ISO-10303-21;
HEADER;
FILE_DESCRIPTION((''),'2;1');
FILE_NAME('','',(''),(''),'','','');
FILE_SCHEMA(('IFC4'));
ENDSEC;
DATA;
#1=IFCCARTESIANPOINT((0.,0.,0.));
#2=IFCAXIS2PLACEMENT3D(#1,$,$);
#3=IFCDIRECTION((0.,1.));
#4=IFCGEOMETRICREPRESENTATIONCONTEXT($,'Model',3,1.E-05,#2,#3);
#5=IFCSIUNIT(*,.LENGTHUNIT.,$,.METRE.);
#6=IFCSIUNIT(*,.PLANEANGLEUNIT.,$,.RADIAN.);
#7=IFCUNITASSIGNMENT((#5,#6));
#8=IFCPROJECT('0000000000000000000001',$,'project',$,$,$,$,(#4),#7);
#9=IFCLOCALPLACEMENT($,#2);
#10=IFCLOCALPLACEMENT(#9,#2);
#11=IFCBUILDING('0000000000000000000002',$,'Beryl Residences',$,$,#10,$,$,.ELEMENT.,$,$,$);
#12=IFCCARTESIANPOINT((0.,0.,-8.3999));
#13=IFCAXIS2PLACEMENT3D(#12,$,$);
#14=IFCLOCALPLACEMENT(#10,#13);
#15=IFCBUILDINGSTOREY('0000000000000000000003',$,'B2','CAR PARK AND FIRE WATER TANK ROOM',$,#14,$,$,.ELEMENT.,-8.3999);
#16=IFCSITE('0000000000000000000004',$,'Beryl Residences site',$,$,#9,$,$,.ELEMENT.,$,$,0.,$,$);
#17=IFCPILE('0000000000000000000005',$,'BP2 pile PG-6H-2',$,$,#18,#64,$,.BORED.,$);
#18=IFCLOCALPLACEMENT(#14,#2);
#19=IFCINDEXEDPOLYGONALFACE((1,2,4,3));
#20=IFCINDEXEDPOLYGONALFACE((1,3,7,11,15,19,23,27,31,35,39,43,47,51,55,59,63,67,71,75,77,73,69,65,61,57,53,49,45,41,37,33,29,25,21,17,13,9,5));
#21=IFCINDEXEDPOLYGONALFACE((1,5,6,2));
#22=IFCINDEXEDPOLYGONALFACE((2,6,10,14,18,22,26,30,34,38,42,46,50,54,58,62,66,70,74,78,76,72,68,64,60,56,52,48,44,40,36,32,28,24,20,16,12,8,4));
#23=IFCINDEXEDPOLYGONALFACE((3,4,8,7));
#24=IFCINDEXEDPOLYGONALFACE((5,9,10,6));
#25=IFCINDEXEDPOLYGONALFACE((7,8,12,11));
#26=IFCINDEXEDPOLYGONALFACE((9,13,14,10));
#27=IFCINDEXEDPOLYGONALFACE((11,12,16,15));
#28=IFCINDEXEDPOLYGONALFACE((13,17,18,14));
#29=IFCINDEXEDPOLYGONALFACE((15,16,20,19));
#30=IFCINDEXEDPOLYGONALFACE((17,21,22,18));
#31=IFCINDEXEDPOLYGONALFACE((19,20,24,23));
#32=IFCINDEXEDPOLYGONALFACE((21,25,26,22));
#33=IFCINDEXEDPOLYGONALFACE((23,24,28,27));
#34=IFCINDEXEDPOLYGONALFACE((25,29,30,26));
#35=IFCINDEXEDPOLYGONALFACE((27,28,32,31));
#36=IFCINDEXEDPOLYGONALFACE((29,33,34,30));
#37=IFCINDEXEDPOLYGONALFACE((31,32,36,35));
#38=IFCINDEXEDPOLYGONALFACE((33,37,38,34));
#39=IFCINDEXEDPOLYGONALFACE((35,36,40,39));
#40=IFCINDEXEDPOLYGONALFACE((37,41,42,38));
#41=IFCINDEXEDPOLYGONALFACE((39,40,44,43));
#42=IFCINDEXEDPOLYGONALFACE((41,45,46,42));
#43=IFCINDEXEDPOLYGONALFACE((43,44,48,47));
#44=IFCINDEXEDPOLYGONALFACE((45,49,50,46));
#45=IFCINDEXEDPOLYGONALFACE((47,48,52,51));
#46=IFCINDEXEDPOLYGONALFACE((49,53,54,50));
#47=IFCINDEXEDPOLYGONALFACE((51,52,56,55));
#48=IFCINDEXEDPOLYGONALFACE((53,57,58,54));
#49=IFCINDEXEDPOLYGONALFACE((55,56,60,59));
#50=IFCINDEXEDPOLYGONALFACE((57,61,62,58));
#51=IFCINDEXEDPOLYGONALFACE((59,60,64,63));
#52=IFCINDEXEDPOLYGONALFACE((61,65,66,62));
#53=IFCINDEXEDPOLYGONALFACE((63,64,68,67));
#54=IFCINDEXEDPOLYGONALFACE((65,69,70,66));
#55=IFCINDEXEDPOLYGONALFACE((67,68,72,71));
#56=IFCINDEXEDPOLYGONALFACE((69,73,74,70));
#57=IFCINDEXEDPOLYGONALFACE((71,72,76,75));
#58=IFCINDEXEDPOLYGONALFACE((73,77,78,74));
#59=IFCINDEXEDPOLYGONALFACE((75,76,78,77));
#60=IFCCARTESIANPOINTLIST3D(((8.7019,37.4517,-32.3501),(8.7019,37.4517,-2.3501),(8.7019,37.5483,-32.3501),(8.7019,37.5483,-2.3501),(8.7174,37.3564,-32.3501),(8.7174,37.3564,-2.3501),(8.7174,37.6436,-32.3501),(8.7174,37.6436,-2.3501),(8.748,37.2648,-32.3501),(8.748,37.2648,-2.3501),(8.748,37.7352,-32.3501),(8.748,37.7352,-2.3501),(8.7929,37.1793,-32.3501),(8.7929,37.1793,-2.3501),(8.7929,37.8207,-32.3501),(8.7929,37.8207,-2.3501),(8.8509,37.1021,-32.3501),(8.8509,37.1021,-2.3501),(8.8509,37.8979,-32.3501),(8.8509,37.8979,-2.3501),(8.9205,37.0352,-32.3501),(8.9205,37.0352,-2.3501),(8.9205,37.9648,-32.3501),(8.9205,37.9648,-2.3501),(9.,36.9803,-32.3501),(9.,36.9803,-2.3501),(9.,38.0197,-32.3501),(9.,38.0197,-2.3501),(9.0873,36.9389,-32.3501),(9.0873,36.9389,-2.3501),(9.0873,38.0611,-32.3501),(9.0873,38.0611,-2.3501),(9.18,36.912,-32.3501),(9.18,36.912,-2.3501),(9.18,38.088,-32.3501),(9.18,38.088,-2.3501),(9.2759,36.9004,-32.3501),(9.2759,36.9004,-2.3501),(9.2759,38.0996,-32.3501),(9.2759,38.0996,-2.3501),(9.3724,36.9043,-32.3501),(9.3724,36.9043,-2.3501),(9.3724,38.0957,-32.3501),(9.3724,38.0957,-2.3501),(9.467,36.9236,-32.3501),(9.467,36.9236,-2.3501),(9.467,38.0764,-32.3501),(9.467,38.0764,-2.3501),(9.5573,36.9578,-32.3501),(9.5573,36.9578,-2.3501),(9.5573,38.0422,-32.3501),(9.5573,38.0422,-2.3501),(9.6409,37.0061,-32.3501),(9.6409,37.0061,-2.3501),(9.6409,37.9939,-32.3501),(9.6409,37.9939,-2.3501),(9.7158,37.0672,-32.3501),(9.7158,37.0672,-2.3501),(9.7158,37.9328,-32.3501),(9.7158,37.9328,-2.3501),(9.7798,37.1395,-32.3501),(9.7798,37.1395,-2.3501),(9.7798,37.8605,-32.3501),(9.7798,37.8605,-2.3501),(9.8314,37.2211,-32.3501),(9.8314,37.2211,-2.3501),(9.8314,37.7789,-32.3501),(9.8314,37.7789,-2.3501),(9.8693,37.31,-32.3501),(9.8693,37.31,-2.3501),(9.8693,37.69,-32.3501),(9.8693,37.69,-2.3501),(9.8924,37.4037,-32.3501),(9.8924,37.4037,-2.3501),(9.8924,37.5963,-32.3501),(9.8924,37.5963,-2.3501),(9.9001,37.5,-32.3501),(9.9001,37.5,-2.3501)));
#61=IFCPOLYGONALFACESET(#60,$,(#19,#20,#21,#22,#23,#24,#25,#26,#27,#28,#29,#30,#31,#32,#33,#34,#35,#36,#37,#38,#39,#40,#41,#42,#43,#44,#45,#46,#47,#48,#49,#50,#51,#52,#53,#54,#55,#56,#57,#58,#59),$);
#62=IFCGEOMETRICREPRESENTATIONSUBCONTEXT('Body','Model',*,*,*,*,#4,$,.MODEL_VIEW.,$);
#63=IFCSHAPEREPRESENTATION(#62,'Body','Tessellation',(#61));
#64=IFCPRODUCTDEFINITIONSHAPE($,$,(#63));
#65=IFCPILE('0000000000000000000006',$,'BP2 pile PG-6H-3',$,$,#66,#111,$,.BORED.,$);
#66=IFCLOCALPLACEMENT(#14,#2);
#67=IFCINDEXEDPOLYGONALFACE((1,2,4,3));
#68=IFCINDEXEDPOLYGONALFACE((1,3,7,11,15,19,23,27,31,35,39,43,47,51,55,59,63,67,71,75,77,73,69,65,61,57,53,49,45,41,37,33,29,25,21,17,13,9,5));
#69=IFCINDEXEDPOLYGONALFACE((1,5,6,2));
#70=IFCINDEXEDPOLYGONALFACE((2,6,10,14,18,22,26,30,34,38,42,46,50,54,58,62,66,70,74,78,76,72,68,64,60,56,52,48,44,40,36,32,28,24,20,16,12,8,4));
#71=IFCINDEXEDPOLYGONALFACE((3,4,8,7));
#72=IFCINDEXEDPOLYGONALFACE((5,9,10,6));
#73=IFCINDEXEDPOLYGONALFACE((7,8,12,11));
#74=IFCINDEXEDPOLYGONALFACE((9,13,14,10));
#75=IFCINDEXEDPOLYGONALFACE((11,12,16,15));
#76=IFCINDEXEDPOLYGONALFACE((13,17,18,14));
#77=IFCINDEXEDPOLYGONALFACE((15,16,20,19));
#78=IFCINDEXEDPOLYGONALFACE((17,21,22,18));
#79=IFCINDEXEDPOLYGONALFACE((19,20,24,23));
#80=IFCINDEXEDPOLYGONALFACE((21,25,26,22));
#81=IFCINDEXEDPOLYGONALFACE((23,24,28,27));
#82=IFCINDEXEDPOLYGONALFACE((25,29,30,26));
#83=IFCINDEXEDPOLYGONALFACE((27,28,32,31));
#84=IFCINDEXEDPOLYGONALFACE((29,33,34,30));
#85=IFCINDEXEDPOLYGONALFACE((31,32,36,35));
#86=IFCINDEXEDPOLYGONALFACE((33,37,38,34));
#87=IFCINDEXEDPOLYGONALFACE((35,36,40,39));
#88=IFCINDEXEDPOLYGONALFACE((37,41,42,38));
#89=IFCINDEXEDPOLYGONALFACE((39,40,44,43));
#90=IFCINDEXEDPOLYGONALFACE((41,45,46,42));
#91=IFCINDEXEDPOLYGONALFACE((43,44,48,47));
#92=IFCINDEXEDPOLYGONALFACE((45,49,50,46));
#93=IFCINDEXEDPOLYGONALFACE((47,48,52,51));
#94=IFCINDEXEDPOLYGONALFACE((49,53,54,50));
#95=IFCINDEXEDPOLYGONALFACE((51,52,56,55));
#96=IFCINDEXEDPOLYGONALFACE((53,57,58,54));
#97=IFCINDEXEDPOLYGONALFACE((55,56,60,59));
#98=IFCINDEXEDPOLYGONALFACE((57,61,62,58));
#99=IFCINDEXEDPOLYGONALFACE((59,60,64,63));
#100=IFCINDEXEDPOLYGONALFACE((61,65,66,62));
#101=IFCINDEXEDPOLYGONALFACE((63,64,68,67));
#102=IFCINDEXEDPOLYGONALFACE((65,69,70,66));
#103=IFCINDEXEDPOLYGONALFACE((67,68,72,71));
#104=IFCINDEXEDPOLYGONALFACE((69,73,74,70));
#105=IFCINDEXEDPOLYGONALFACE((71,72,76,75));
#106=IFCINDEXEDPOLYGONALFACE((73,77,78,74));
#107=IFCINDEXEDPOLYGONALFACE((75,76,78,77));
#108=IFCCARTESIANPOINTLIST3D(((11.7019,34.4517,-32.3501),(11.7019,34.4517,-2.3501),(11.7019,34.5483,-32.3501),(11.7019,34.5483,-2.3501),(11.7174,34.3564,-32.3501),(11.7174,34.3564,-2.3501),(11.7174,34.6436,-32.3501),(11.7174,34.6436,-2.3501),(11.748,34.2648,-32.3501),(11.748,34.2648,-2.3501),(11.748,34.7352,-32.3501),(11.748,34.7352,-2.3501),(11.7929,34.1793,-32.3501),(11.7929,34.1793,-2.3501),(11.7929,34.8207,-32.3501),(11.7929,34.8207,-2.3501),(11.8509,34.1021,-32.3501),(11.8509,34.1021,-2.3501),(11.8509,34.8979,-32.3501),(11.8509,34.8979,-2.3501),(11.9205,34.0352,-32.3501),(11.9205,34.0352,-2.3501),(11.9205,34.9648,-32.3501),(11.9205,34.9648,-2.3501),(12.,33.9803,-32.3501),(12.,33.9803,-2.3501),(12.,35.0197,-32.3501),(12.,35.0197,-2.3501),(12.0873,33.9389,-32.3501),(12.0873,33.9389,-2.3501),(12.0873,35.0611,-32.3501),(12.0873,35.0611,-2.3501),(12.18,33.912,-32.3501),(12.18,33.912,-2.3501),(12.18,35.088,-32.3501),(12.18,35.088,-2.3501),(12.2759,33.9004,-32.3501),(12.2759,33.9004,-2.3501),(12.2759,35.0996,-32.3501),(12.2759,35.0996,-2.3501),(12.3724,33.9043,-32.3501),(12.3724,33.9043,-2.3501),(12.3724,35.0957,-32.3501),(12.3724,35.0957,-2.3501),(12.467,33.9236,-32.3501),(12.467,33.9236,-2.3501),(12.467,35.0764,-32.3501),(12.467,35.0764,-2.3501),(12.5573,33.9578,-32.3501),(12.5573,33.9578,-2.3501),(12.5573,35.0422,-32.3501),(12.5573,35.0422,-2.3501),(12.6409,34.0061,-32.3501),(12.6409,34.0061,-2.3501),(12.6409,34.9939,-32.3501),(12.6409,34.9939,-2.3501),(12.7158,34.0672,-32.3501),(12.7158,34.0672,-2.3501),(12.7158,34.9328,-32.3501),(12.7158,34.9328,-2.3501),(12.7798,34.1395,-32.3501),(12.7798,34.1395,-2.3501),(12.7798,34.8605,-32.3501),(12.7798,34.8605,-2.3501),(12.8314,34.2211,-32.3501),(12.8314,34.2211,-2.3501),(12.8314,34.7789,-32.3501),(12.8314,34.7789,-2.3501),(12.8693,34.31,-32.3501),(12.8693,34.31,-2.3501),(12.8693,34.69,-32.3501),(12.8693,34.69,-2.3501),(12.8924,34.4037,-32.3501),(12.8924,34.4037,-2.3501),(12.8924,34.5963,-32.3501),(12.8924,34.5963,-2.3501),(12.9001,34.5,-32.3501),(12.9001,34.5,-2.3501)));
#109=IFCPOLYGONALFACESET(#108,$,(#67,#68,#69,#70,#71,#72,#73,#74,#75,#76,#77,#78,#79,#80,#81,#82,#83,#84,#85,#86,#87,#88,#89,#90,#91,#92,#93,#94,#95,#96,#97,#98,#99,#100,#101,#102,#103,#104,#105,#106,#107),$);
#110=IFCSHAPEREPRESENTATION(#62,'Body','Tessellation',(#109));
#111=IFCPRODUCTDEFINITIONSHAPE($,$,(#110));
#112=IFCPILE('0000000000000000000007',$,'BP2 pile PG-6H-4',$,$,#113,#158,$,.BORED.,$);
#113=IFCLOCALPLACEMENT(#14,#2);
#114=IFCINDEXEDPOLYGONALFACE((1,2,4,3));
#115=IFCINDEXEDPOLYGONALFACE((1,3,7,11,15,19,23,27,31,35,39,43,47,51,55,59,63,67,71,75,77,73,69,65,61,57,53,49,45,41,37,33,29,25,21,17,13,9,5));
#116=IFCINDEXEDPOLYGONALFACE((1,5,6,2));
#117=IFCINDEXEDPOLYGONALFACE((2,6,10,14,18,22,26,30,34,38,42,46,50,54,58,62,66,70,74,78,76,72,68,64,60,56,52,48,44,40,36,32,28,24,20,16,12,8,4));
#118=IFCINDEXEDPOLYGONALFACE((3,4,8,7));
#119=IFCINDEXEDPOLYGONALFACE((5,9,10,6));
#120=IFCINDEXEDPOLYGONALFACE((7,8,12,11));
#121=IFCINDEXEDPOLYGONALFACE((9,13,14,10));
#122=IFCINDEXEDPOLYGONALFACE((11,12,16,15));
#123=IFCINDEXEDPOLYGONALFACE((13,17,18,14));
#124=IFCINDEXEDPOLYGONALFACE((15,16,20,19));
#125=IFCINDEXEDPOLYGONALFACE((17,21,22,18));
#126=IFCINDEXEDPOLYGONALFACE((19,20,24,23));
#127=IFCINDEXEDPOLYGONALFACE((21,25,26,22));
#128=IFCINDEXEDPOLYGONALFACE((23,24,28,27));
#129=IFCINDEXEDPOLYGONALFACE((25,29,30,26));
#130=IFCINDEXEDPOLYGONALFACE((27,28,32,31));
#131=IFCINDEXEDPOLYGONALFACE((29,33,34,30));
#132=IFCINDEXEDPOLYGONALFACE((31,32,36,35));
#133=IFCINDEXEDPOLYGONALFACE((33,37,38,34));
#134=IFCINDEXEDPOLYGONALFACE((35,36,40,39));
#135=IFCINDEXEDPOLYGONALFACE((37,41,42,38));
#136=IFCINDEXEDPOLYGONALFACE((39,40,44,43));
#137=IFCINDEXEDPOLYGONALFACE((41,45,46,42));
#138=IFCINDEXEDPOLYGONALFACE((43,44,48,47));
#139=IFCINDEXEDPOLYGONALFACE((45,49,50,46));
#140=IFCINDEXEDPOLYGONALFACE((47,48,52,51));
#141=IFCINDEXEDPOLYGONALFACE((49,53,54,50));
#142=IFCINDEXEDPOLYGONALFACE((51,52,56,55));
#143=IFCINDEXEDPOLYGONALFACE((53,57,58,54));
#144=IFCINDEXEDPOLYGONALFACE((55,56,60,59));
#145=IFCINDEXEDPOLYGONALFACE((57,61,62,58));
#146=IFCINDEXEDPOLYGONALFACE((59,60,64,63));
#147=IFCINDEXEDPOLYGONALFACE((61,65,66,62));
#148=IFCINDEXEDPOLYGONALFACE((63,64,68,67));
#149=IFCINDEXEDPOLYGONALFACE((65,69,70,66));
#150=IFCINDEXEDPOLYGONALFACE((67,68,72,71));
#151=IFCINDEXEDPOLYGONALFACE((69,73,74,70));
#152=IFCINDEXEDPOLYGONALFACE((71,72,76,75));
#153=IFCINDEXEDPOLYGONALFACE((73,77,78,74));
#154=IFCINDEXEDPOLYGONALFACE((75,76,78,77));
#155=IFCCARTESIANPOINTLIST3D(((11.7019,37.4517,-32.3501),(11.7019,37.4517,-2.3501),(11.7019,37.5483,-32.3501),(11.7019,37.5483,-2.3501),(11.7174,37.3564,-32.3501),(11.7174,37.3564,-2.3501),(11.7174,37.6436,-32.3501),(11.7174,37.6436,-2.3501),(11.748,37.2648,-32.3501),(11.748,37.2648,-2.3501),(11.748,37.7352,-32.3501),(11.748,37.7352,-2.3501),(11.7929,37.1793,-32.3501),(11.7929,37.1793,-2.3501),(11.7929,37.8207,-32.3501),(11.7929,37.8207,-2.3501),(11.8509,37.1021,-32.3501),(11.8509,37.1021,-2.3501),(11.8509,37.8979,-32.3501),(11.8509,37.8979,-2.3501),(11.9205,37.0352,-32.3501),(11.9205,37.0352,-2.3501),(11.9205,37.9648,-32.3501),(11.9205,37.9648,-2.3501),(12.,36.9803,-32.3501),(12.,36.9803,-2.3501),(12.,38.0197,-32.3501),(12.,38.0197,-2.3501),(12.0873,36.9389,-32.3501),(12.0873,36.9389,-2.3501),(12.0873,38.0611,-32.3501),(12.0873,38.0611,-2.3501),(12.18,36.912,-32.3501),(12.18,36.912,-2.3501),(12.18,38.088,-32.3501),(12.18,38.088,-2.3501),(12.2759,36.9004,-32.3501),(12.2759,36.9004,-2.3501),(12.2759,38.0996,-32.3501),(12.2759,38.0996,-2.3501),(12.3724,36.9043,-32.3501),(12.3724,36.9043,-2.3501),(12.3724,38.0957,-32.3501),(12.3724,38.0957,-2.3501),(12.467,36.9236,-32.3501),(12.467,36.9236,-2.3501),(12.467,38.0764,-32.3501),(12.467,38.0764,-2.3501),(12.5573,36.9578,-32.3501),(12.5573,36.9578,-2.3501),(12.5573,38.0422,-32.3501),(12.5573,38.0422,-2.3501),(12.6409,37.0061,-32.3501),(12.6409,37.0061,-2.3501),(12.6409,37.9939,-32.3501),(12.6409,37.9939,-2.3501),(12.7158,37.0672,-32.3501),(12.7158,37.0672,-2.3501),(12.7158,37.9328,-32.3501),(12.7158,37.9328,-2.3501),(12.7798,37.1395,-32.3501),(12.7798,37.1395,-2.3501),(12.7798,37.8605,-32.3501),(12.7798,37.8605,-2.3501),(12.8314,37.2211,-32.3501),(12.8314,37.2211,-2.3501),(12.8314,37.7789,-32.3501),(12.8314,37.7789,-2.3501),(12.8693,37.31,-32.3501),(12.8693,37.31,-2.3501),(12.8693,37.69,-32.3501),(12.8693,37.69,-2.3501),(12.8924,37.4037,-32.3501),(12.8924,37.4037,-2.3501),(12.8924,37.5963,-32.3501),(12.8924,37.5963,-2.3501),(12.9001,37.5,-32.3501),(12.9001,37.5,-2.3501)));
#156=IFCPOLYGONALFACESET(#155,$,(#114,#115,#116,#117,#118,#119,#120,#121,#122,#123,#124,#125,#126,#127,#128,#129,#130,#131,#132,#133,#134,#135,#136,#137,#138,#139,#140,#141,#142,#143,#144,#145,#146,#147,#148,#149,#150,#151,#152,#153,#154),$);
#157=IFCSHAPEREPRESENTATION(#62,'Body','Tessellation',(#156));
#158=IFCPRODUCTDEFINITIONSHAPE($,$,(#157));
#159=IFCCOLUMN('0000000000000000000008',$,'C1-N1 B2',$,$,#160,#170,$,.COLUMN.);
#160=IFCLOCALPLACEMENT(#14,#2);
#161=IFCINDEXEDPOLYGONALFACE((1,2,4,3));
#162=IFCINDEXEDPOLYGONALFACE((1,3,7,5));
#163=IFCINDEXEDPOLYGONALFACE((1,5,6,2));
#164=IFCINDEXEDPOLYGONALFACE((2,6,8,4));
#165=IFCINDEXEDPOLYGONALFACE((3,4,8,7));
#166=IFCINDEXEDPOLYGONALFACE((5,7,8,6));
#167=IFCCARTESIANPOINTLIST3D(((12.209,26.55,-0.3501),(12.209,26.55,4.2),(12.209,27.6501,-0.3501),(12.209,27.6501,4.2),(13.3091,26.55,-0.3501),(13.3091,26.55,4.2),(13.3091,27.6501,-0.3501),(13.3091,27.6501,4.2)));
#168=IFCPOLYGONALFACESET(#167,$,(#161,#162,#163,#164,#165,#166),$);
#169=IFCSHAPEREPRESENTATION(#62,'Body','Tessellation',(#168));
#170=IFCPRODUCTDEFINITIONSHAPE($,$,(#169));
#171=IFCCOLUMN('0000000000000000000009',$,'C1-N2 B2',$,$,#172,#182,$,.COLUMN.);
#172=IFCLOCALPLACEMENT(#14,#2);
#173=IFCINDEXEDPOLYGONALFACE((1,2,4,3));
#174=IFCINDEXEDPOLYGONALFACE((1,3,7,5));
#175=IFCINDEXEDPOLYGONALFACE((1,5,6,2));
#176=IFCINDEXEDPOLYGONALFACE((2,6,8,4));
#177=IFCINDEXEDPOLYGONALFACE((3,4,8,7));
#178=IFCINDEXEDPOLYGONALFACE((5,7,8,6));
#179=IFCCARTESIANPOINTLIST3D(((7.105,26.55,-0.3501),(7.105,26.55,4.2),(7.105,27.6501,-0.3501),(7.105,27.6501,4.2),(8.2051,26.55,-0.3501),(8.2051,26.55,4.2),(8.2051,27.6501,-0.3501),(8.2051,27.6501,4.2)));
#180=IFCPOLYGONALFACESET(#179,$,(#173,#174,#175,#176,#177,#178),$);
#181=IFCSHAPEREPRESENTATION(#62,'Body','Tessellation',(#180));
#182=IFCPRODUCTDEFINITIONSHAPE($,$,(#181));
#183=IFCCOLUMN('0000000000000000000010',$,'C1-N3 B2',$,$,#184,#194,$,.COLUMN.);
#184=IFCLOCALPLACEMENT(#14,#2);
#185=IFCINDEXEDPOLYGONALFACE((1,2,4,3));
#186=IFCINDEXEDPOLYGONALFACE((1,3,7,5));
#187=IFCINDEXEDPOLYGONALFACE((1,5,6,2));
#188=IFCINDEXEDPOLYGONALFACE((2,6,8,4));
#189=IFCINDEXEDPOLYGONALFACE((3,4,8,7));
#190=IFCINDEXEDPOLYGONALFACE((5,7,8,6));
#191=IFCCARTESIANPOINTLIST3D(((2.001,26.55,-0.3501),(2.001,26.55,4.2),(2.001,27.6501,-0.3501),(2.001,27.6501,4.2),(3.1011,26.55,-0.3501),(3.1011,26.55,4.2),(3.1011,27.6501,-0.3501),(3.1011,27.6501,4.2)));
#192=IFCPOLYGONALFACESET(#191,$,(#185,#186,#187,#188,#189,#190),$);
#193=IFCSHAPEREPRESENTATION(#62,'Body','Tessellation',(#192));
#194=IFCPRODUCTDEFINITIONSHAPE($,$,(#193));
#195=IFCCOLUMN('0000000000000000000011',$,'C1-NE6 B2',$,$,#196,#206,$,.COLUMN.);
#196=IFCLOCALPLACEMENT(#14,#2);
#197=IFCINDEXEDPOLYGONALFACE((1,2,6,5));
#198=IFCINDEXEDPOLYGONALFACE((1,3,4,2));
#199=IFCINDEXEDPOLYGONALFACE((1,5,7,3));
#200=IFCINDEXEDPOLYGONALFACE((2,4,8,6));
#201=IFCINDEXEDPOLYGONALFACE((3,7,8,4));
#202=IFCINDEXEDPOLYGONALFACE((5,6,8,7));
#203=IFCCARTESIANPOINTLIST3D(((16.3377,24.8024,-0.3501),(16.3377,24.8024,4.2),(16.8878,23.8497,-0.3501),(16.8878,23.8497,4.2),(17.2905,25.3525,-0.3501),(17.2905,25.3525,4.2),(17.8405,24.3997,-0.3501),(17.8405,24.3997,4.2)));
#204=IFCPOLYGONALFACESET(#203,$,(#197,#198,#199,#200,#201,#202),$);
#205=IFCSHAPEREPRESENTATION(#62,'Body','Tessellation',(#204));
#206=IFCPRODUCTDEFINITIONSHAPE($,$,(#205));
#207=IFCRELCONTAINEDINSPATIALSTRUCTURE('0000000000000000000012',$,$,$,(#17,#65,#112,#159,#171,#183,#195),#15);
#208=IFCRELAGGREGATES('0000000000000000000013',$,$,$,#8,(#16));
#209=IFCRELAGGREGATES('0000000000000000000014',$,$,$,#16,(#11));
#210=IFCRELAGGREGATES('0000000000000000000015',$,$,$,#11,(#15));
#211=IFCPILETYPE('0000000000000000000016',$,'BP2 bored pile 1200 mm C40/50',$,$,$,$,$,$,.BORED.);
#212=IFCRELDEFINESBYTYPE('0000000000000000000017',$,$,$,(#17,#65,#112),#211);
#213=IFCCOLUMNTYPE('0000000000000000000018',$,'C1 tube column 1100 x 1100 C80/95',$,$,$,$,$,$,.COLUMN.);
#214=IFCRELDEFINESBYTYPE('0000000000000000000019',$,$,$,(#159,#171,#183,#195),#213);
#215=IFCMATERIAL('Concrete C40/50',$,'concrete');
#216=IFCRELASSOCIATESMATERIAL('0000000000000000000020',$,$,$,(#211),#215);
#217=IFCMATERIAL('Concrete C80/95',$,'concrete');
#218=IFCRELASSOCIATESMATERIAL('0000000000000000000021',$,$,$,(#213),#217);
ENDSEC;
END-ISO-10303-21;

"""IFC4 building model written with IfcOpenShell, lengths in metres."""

from ifc_helpers import new_model, si_unit, direction, frame, origin, origin_2d, place, context, subcontext, project, spatial, rectangle, circle, extrude, material, material_profile, profile_set, type_object, element, save


model = new_model("IFC4")

# Units and contexts
model_context = context("Model", 3, precision=1e-05, world=origin(), true_north=direction((0.0, 1.0)))
body_context = subcontext(model_context, "Body", "Model", "MODEL_VIEW")
ifc_project = project(units=[si_unit("LENGTHUNIT", "METRE"), si_unit("PLANEANGLEUNIT", "RADIAN")], contexts=[model_context])

# Site, building, storey
site_placement = place(None, origin())
site = spatial("IfcSite", under=ifc_project, at=site_placement, Name="Beryl Residences site", CompositionType="ELEMENT", RefElevation=0.0)
building_placement = place(site_placement, origin())
building = spatial("IfcBuilding", under=site, at=building_placement, Name="Beryl Residences", CompositionType="ELEMENT")
storey_placement = place(building_placement, frame((0.0, 0.0, -8.3999)))
storey = spatial("IfcBuildingStorey", under=building, at=storey_placement, Name="B2", Description="CAR PARK AND FIRE WATER TANK ROOM", CompositionType="ELEMENT", Elevation=-8.3999)

# Piles
ifc_material_1 = material(Name="Concrete C40/50", Category="concrete")
ifc_material_profile_1 = material_profile(ifc_material_1, circle(Radius=0.6001, at=origin_2d()))
ifc_profile_set_1 = profile_set([ifc_material_profile_1], Name="Concrete C40/50")
pile_type_1 = type_object("IfcPileType", Name="BP2 bored pile 1200 mm C40/50", PredefinedType="BORED", material=ifc_profile_set_1)
for number, where, z_axis, x_axis, name in (
    (1, (9.3, 37.5, -2.3501), (0.0, 0.0, -1.0), (1.0, 0.0, 0.0), "BP2 pile PG-6H-2"),
    (2, (12.3, 34.5, -2.3501), (0.0, 0.0, -1.0), (1.0, 0.0, 0.0), "BP2 pile PG-6H-3"),
    (3, (12.3, 37.5, -2.3501), (0.0, 0.0, -1.0), (1.0, 0.0, 0.0), "BP2 pile PG-6H-4"),
):
    element("IfcPile", number, at=place(storey_placement, frame(where, z_axis=z_axis, x_axis=x_axis)), inside=storey, type_object=pile_type_1, Name=name, PredefinedType="BORED", context=body_context, shape_type="SweptSolid", body=[
        extrude(circle(Radius=0.6001, at=origin_2d()), origin(), (0.0, 0.0, 1.0), 30.0),
    ])

# Columns
ifc_material_2 = material(Name="Concrete C80/95", Category="concrete")
ifc_material_profile_2 = material_profile(ifc_material_2, rectangle(XDim=1.1001, YDim=1.1001, at=origin_2d()))
ifc_profile_set_2 = profile_set([ifc_material_profile_2], Name="Concrete C80/95")
column_type_1 = type_object("IfcColumnType", Name="C1 tube column 1100 x 1100 C80/95", PredefinedType="COLUMN", material=ifc_profile_set_2)
for number, where, z_axis, x_axis, name in (
    (4, (12.759, 27.1001, -0.3501), (0.0, 0.0, 1.0), (-1.0, 0.0, 0.0), "C1-N1 B2"),
    (5, (7.655, 27.1001, -0.3501), (0.0, 0.0, 1.0), (-1.0, 0.0, 0.0), "C1-N2 B2"),
    (6, (2.551, 27.1001, -0.3501), (0.0, 0.0, 1.0), (-1.0, 0.0, 0.0), "C1-N3 B2"),
    (7, (17.0891, 24.6011, -0.3501), (0.0, 0.0, 1.0), (-0.499985, 0.866034, 0.0), "C1-NE6 B2"),
):
    element("IfcColumn", number, at=place(storey_placement, frame(where, z_axis=z_axis, x_axis=x_axis)), inside=storey, type_object=column_type_1, Name=name, PredefinedType="COLUMN", context=body_context, shape_type="SweptSolid", body=[
        extrude(rectangle(XDim=1.1001, YDim=1.1001, at=origin_2d()), origin(), (0.0, 0.0, 1.0), 4.55),
    ])

save(model, "model.ifc")
